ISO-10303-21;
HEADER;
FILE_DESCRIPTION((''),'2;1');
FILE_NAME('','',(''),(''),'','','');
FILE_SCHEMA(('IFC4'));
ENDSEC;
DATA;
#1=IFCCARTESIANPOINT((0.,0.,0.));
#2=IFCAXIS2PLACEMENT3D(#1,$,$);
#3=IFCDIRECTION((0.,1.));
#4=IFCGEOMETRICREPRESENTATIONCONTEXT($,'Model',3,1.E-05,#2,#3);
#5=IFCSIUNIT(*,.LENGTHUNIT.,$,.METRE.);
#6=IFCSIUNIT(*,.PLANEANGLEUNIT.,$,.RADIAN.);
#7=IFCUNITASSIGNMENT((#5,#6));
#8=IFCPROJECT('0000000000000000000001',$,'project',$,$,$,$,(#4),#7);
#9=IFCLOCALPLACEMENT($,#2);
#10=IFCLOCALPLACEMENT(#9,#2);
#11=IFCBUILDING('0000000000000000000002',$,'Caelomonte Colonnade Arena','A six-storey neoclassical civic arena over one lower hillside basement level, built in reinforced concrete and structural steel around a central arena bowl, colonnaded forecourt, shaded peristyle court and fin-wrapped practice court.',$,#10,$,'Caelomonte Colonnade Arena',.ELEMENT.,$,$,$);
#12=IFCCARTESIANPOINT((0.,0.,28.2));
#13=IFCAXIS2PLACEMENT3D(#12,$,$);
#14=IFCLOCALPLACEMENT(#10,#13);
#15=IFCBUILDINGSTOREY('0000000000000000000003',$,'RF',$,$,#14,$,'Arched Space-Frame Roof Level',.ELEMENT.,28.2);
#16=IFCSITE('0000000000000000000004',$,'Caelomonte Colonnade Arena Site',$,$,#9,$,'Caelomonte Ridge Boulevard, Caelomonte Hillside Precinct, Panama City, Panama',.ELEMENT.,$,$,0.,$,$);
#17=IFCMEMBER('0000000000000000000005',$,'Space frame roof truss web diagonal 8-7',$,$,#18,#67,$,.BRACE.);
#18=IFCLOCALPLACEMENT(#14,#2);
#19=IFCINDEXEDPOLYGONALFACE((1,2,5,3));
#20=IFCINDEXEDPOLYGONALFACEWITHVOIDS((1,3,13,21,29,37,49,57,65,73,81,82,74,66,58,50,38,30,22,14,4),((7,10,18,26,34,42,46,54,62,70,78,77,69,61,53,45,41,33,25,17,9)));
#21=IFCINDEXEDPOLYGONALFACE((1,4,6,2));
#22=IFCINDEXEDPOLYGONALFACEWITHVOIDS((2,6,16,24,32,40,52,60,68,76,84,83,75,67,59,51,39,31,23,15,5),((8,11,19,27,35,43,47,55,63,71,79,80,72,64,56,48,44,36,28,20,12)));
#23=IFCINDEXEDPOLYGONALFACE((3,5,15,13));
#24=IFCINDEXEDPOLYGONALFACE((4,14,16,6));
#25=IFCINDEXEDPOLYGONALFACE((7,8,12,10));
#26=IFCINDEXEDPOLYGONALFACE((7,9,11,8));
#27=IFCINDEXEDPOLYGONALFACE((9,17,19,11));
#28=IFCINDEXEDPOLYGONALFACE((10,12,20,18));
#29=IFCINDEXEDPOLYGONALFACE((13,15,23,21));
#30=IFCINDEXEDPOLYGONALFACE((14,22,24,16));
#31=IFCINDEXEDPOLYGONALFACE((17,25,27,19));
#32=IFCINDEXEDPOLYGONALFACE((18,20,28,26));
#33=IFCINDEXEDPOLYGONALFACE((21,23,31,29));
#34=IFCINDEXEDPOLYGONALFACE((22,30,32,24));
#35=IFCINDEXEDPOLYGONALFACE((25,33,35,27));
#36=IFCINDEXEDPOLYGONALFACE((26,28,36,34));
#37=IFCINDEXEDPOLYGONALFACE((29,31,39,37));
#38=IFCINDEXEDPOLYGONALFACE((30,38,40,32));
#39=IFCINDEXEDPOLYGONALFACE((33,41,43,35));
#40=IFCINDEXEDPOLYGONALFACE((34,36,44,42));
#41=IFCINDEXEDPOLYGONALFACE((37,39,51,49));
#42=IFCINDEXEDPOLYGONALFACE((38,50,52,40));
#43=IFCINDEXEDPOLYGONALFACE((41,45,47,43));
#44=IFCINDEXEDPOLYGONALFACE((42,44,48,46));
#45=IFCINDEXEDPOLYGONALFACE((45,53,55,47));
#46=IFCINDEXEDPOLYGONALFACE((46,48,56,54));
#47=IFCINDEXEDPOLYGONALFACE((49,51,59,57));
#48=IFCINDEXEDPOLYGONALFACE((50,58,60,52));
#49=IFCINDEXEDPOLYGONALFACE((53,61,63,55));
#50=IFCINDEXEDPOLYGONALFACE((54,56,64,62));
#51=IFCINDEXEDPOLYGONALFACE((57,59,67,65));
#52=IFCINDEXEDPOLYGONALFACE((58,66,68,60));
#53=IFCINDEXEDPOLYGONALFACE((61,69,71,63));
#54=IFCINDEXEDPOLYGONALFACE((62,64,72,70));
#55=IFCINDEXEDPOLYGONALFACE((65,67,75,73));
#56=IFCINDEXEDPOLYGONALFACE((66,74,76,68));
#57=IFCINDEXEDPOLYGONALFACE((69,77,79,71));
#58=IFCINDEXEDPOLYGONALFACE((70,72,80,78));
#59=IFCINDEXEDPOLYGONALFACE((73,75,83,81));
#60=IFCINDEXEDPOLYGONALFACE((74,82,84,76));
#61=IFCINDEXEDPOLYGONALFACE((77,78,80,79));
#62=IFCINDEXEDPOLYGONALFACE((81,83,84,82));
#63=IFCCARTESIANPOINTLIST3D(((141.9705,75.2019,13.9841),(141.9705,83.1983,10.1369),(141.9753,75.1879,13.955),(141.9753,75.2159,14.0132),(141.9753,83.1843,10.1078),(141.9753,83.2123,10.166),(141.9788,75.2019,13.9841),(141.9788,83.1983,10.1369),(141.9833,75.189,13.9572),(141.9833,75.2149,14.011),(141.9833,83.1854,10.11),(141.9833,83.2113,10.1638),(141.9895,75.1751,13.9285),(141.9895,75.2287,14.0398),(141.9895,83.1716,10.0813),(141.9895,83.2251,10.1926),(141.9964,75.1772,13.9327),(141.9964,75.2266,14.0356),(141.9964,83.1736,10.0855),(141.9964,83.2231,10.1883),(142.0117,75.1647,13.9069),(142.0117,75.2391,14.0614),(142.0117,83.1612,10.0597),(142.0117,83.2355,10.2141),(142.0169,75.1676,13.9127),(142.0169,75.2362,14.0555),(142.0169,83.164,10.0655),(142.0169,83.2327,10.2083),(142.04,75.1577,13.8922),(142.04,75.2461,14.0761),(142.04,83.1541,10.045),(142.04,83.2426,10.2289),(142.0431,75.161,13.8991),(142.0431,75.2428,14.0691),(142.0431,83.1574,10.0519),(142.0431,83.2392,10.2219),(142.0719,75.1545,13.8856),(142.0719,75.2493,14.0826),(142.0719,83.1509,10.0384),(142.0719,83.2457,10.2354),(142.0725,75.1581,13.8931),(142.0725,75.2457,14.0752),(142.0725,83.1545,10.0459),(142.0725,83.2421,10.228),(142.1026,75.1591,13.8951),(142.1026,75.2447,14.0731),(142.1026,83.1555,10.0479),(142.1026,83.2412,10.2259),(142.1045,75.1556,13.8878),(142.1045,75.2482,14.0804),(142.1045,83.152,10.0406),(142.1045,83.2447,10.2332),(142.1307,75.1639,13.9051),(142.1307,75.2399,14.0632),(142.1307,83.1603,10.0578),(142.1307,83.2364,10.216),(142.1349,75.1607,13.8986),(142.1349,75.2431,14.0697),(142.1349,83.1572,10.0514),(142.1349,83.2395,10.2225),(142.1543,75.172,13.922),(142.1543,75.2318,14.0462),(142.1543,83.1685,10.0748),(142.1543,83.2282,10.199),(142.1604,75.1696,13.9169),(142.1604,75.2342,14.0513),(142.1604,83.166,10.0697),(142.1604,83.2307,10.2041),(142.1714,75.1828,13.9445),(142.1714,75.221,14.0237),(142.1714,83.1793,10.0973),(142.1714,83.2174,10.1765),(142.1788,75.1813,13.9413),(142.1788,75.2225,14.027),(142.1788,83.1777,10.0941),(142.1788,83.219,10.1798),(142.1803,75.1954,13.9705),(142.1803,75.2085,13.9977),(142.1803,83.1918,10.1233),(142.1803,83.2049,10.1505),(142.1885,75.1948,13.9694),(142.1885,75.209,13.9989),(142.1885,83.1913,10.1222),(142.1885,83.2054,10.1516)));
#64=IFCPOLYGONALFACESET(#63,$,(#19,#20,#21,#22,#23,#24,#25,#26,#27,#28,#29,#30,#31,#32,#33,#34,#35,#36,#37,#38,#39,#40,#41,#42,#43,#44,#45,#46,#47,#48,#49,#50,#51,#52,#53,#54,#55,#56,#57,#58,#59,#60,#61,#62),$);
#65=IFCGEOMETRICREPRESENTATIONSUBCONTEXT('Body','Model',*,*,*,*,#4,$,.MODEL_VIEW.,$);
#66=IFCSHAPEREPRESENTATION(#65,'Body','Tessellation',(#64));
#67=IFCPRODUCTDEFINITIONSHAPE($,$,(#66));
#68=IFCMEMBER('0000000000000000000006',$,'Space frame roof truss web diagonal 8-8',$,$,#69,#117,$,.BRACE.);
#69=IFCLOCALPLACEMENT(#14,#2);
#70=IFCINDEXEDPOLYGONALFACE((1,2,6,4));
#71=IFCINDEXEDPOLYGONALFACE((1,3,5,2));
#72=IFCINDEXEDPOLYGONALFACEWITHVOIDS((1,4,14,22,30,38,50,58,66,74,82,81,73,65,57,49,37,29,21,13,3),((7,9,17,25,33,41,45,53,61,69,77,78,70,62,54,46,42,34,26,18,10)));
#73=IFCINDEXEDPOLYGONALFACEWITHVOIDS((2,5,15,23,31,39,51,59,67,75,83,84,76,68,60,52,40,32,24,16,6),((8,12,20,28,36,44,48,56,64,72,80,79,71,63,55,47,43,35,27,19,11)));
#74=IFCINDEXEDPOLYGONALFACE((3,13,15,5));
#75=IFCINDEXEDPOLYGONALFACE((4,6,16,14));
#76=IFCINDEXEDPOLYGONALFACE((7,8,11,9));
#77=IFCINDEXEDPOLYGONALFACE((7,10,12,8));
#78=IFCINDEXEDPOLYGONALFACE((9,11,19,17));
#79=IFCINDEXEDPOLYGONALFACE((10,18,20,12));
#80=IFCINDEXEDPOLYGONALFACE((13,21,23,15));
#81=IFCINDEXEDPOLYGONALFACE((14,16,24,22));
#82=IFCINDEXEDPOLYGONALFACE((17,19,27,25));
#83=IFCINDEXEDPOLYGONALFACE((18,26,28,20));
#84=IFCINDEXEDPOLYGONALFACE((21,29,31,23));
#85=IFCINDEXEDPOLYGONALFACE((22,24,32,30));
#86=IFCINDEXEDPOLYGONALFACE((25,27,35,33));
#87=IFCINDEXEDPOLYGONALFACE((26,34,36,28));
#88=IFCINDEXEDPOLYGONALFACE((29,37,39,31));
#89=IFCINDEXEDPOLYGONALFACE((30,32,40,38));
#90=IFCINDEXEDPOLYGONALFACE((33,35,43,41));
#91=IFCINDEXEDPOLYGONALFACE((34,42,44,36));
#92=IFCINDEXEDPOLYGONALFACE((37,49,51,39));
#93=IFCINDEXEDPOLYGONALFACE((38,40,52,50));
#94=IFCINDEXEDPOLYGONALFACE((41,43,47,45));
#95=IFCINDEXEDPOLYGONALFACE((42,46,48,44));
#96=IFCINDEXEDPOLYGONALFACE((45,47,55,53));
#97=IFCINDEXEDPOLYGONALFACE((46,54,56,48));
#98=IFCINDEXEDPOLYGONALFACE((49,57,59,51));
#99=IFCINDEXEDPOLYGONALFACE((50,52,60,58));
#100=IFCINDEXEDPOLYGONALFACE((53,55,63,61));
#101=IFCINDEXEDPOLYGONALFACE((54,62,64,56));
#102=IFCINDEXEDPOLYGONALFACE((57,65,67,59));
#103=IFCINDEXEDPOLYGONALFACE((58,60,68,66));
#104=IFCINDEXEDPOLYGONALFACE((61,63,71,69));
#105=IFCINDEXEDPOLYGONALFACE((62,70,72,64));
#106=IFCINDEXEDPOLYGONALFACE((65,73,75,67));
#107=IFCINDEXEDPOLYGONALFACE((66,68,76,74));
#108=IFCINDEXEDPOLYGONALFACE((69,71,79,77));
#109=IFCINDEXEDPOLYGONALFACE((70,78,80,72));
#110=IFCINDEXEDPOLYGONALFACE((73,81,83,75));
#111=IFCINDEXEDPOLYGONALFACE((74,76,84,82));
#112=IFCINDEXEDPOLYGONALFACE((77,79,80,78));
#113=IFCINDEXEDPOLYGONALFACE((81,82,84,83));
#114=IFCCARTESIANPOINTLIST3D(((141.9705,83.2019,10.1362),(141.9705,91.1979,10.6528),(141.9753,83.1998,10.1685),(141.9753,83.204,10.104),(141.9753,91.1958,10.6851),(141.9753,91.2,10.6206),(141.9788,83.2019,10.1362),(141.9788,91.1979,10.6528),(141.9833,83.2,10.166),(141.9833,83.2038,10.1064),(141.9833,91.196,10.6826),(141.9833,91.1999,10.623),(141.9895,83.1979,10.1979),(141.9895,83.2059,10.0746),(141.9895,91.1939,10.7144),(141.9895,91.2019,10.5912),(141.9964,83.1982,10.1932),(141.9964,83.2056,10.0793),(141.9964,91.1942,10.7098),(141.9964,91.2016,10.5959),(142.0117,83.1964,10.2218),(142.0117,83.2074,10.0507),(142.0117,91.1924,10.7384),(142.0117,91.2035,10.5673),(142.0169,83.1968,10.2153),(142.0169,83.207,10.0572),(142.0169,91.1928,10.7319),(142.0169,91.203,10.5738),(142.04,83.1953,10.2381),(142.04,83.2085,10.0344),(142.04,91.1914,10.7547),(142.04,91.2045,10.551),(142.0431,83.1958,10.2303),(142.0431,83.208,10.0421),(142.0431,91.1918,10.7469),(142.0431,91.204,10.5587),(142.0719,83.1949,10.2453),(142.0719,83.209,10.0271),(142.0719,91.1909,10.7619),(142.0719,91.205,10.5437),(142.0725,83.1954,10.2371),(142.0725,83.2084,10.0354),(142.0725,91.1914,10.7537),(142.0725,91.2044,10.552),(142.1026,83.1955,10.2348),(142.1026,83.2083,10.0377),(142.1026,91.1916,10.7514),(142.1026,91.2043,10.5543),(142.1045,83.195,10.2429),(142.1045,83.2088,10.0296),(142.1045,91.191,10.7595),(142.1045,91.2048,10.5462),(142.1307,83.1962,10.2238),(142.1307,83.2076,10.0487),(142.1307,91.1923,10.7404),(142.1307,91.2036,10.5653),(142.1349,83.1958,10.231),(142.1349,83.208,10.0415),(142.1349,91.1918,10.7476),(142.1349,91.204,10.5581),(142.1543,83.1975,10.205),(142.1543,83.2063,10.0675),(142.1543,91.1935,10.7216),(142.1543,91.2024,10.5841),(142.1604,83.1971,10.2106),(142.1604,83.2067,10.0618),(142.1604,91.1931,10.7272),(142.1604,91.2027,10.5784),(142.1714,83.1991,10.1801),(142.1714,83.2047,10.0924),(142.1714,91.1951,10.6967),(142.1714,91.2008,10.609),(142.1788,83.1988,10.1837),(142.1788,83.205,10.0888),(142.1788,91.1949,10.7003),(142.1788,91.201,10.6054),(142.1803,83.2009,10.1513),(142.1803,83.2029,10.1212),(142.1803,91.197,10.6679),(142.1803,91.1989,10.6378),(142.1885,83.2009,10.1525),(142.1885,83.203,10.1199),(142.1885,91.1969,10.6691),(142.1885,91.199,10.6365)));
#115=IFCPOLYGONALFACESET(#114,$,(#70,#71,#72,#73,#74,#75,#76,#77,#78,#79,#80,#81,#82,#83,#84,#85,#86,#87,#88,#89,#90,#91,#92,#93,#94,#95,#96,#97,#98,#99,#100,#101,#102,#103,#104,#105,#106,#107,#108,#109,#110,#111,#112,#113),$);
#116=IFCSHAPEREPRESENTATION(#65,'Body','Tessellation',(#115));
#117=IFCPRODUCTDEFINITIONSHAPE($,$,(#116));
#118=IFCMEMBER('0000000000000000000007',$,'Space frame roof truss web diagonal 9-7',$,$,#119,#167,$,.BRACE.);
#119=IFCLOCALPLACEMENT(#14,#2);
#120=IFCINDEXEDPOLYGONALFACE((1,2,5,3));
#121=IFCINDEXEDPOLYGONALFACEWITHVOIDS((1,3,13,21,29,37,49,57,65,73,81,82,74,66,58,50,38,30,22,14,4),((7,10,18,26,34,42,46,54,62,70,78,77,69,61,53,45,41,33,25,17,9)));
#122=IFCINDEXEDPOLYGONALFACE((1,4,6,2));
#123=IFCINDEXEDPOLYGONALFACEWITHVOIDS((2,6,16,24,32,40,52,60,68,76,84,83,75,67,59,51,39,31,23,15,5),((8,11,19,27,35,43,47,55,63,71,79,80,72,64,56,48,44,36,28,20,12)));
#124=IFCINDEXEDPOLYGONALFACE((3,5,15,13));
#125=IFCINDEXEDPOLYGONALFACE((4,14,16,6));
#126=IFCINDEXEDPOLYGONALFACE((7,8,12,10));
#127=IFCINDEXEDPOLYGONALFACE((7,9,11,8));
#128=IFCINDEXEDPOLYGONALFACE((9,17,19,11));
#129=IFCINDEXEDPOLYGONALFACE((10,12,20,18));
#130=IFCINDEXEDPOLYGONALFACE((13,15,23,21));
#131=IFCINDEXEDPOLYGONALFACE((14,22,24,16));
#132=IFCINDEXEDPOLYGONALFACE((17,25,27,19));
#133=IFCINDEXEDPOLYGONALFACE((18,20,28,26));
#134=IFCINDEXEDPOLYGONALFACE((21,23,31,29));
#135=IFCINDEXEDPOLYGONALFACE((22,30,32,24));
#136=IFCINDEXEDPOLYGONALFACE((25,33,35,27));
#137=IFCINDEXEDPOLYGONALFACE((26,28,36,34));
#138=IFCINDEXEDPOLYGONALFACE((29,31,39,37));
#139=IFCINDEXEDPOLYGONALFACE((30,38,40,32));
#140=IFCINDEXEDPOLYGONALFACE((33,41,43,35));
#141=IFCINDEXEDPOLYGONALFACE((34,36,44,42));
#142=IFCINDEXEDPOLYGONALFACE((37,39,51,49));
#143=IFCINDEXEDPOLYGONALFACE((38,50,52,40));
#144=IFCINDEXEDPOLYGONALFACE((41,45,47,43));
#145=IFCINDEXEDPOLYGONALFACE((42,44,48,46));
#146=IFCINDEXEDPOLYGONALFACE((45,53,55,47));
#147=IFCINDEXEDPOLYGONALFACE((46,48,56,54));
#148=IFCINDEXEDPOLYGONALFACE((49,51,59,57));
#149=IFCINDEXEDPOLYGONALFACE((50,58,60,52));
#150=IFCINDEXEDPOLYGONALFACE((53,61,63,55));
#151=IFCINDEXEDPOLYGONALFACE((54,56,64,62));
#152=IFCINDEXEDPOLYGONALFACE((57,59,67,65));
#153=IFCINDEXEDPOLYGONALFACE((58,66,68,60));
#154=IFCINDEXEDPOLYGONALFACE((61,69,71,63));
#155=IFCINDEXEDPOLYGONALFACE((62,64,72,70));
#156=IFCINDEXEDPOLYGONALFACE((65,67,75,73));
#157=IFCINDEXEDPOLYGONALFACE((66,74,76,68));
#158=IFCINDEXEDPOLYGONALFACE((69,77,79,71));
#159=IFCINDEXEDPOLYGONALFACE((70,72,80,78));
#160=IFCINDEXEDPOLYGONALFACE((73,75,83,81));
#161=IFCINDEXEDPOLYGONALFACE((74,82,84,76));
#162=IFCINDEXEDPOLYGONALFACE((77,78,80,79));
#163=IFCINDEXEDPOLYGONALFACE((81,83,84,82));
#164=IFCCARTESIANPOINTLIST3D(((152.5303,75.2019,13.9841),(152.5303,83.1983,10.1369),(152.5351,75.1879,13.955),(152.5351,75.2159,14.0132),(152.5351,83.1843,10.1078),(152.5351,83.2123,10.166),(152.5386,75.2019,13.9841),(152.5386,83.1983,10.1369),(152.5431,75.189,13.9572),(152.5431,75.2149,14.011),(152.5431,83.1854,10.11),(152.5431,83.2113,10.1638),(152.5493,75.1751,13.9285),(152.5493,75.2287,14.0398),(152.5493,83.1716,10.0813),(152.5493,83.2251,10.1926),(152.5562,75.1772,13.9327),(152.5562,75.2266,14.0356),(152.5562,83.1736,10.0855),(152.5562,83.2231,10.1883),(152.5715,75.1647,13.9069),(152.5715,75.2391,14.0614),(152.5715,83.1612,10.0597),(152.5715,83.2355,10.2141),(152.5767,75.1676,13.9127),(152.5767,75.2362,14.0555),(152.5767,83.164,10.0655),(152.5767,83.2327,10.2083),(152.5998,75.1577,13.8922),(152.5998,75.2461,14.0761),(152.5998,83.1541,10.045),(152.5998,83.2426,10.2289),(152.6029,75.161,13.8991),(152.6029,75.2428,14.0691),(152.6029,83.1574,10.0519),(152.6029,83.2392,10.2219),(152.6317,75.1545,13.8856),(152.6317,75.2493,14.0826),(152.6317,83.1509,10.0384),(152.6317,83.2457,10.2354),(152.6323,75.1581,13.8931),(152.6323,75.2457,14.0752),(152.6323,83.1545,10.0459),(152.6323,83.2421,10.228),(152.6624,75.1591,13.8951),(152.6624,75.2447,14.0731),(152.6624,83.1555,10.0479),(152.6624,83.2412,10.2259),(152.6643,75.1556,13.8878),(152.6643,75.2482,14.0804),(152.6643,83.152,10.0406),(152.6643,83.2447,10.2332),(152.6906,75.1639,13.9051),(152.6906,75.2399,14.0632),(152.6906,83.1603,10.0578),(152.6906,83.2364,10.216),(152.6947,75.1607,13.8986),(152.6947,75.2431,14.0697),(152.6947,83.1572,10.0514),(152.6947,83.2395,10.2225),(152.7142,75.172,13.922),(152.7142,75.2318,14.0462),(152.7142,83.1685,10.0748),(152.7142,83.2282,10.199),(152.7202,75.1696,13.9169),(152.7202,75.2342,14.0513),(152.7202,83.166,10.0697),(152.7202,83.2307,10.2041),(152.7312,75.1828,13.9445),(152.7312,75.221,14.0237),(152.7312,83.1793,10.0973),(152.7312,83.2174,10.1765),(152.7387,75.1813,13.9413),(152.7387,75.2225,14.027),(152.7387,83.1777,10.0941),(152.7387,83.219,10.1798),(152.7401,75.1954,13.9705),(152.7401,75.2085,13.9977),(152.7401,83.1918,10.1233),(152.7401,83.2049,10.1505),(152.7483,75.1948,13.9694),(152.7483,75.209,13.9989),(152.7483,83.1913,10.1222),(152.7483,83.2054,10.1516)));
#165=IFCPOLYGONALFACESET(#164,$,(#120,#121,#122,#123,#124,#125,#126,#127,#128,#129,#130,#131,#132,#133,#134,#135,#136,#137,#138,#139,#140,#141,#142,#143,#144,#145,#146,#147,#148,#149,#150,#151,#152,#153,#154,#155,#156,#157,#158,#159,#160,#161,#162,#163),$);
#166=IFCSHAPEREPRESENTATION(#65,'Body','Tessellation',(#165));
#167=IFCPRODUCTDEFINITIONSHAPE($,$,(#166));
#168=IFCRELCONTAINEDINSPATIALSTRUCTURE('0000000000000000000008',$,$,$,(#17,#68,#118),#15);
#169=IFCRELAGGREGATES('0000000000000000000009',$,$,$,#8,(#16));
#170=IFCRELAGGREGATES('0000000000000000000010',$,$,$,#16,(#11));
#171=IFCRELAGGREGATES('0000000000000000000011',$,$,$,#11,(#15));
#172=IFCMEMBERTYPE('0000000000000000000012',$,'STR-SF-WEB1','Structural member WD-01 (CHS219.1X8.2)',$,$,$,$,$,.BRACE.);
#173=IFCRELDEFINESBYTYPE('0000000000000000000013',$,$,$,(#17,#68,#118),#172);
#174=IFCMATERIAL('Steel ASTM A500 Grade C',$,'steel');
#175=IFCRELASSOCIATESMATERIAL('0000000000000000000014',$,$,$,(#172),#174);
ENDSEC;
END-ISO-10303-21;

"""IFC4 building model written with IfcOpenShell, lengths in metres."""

from ifc_helpers import new_model, si_unit, direction, frame, origin, origin_2d, place, context, subcontext, project, spatial, hollow_circle, extrude, material, material_profile, profile_set, type_object, element, save


model = new_model("IFC4")

# Units and contexts
model_context = context("Model", 3, precision=1e-05, world=origin(), true_north=direction((0.0, 1.0)))
body_context = subcontext(model_context, "Body", "Model", "MODEL_VIEW")
ifc_project = project(units=[si_unit("LENGTHUNIT", "METRE"), si_unit("PLANEANGLEUNIT", "RADIAN")], contexts=[model_context])

# Site, building, storey
site_placement = place(None, origin())
site = spatial("IfcSite", under=ifc_project, at=site_placement, Name="Caelomonte Colonnade Arena Site", LongName="Caelomonte Ridge Boulevard, Caelomonte Hillside Precinct, Panama City, Panama", CompositionType="ELEMENT", RefElevation=0.0)
building_placement = place(site_placement, origin())
building = spatial("IfcBuilding", under=site, at=building_placement, Name="Caelomonte Colonnade Arena", Description="A six-storey neoclassical civic arena over one lower hillside basement level, built in reinforced concrete and structural steel around a central arena bowl, colonnaded forecourt, shaded peristyle court and fin-wrapped practice court.", LongName="Caelomonte Colonnade Arena", CompositionType="ELEMENT")
storey_placement = place(building_placement, frame((0.0, 0.0, 28.2)))
storey = spatial("IfcBuildingStorey", under=building, at=storey_placement, Name="RF", LongName="Arched Space-Frame Roof Level", CompositionType="ELEMENT", Elevation=28.2)

# Members
ifc_material_1 = material(Name="Steel ASTM A500 Grade C", Category="steel")
ifc_material_profile_1 = material_profile(ifc_material_1, hollow_circle(Radius=0.1096, WallThickness=0.0083, at=origin_2d()), Name="CHS219.1X8.2")
ifc_profile_set_1 = profile_set([ifc_material_profile_1], Name="Steel ASTM A500 Grade C")
member_type_1 = type_object("IfcMemberType", Name="STR-SF-WEB1", Description="Structural member WD-01 (CHS219.1X8.2)", PredefinedType="BRACE", material=ifc_profile_set_1)
member_1_placement = place(storey_placement, frame((142.0801, 75.2019, 13.9841), z_axis=(0.0, 0.90113, -0.433548), x_axis=(-1.0, 0.0, 0.0)))
element("IfcMember", 1, at=member_1_placement, inside=storey, type_object=member_type_1, Name="Space frame roof truss web diagonal 8-7", PredefinedType="BRACE", context=body_context, shape_type="SweptSolid", body=[
    extrude(hollow_circle(Radius=0.1096, WallThickness=0.0083, at=origin_2d()), origin(), (0.0, 0.0, 1.0), 8.8738),
])
member_2_placement = place(storey_placement, frame((142.0801, 83.2019, 10.1362), z_axis=(0.0, 0.997919, 0.064472), x_axis=(-1.0, 0.0, 0.0)))
element("IfcMember", 2, at=member_2_placement, inside=storey, type_object=member_type_1, Name="Space frame roof truss web diagonal 8-8", PredefinedType="BRACE", context=body_context, shape_type="SweptSolid", body=[
    extrude(hollow_circle(Radius=0.1096, WallThickness=0.0083, at=origin_2d()), origin(), (0.0, 0.0, 1.0), 8.0127),
])
member_3_placement = place(storey_placement, frame((152.6399, 75.2019, 13.9841), z_axis=(0.0, 0.90113, -0.433548), x_axis=(-1.0, 0.0, 0.0)))
element("IfcMember", 3, at=member_3_placement, inside=storey, type_object=member_type_1, Name="Space frame roof truss web diagonal 9-7", PredefinedType="BRACE", context=body_context, shape_type="SweptSolid", body=[
    extrude(hollow_circle(Radius=0.1096, WallThickness=0.0083, at=origin_2d()), origin(), (0.0, 0.0, 1.0), 8.8738),
])

save(model, "model.ifc")
